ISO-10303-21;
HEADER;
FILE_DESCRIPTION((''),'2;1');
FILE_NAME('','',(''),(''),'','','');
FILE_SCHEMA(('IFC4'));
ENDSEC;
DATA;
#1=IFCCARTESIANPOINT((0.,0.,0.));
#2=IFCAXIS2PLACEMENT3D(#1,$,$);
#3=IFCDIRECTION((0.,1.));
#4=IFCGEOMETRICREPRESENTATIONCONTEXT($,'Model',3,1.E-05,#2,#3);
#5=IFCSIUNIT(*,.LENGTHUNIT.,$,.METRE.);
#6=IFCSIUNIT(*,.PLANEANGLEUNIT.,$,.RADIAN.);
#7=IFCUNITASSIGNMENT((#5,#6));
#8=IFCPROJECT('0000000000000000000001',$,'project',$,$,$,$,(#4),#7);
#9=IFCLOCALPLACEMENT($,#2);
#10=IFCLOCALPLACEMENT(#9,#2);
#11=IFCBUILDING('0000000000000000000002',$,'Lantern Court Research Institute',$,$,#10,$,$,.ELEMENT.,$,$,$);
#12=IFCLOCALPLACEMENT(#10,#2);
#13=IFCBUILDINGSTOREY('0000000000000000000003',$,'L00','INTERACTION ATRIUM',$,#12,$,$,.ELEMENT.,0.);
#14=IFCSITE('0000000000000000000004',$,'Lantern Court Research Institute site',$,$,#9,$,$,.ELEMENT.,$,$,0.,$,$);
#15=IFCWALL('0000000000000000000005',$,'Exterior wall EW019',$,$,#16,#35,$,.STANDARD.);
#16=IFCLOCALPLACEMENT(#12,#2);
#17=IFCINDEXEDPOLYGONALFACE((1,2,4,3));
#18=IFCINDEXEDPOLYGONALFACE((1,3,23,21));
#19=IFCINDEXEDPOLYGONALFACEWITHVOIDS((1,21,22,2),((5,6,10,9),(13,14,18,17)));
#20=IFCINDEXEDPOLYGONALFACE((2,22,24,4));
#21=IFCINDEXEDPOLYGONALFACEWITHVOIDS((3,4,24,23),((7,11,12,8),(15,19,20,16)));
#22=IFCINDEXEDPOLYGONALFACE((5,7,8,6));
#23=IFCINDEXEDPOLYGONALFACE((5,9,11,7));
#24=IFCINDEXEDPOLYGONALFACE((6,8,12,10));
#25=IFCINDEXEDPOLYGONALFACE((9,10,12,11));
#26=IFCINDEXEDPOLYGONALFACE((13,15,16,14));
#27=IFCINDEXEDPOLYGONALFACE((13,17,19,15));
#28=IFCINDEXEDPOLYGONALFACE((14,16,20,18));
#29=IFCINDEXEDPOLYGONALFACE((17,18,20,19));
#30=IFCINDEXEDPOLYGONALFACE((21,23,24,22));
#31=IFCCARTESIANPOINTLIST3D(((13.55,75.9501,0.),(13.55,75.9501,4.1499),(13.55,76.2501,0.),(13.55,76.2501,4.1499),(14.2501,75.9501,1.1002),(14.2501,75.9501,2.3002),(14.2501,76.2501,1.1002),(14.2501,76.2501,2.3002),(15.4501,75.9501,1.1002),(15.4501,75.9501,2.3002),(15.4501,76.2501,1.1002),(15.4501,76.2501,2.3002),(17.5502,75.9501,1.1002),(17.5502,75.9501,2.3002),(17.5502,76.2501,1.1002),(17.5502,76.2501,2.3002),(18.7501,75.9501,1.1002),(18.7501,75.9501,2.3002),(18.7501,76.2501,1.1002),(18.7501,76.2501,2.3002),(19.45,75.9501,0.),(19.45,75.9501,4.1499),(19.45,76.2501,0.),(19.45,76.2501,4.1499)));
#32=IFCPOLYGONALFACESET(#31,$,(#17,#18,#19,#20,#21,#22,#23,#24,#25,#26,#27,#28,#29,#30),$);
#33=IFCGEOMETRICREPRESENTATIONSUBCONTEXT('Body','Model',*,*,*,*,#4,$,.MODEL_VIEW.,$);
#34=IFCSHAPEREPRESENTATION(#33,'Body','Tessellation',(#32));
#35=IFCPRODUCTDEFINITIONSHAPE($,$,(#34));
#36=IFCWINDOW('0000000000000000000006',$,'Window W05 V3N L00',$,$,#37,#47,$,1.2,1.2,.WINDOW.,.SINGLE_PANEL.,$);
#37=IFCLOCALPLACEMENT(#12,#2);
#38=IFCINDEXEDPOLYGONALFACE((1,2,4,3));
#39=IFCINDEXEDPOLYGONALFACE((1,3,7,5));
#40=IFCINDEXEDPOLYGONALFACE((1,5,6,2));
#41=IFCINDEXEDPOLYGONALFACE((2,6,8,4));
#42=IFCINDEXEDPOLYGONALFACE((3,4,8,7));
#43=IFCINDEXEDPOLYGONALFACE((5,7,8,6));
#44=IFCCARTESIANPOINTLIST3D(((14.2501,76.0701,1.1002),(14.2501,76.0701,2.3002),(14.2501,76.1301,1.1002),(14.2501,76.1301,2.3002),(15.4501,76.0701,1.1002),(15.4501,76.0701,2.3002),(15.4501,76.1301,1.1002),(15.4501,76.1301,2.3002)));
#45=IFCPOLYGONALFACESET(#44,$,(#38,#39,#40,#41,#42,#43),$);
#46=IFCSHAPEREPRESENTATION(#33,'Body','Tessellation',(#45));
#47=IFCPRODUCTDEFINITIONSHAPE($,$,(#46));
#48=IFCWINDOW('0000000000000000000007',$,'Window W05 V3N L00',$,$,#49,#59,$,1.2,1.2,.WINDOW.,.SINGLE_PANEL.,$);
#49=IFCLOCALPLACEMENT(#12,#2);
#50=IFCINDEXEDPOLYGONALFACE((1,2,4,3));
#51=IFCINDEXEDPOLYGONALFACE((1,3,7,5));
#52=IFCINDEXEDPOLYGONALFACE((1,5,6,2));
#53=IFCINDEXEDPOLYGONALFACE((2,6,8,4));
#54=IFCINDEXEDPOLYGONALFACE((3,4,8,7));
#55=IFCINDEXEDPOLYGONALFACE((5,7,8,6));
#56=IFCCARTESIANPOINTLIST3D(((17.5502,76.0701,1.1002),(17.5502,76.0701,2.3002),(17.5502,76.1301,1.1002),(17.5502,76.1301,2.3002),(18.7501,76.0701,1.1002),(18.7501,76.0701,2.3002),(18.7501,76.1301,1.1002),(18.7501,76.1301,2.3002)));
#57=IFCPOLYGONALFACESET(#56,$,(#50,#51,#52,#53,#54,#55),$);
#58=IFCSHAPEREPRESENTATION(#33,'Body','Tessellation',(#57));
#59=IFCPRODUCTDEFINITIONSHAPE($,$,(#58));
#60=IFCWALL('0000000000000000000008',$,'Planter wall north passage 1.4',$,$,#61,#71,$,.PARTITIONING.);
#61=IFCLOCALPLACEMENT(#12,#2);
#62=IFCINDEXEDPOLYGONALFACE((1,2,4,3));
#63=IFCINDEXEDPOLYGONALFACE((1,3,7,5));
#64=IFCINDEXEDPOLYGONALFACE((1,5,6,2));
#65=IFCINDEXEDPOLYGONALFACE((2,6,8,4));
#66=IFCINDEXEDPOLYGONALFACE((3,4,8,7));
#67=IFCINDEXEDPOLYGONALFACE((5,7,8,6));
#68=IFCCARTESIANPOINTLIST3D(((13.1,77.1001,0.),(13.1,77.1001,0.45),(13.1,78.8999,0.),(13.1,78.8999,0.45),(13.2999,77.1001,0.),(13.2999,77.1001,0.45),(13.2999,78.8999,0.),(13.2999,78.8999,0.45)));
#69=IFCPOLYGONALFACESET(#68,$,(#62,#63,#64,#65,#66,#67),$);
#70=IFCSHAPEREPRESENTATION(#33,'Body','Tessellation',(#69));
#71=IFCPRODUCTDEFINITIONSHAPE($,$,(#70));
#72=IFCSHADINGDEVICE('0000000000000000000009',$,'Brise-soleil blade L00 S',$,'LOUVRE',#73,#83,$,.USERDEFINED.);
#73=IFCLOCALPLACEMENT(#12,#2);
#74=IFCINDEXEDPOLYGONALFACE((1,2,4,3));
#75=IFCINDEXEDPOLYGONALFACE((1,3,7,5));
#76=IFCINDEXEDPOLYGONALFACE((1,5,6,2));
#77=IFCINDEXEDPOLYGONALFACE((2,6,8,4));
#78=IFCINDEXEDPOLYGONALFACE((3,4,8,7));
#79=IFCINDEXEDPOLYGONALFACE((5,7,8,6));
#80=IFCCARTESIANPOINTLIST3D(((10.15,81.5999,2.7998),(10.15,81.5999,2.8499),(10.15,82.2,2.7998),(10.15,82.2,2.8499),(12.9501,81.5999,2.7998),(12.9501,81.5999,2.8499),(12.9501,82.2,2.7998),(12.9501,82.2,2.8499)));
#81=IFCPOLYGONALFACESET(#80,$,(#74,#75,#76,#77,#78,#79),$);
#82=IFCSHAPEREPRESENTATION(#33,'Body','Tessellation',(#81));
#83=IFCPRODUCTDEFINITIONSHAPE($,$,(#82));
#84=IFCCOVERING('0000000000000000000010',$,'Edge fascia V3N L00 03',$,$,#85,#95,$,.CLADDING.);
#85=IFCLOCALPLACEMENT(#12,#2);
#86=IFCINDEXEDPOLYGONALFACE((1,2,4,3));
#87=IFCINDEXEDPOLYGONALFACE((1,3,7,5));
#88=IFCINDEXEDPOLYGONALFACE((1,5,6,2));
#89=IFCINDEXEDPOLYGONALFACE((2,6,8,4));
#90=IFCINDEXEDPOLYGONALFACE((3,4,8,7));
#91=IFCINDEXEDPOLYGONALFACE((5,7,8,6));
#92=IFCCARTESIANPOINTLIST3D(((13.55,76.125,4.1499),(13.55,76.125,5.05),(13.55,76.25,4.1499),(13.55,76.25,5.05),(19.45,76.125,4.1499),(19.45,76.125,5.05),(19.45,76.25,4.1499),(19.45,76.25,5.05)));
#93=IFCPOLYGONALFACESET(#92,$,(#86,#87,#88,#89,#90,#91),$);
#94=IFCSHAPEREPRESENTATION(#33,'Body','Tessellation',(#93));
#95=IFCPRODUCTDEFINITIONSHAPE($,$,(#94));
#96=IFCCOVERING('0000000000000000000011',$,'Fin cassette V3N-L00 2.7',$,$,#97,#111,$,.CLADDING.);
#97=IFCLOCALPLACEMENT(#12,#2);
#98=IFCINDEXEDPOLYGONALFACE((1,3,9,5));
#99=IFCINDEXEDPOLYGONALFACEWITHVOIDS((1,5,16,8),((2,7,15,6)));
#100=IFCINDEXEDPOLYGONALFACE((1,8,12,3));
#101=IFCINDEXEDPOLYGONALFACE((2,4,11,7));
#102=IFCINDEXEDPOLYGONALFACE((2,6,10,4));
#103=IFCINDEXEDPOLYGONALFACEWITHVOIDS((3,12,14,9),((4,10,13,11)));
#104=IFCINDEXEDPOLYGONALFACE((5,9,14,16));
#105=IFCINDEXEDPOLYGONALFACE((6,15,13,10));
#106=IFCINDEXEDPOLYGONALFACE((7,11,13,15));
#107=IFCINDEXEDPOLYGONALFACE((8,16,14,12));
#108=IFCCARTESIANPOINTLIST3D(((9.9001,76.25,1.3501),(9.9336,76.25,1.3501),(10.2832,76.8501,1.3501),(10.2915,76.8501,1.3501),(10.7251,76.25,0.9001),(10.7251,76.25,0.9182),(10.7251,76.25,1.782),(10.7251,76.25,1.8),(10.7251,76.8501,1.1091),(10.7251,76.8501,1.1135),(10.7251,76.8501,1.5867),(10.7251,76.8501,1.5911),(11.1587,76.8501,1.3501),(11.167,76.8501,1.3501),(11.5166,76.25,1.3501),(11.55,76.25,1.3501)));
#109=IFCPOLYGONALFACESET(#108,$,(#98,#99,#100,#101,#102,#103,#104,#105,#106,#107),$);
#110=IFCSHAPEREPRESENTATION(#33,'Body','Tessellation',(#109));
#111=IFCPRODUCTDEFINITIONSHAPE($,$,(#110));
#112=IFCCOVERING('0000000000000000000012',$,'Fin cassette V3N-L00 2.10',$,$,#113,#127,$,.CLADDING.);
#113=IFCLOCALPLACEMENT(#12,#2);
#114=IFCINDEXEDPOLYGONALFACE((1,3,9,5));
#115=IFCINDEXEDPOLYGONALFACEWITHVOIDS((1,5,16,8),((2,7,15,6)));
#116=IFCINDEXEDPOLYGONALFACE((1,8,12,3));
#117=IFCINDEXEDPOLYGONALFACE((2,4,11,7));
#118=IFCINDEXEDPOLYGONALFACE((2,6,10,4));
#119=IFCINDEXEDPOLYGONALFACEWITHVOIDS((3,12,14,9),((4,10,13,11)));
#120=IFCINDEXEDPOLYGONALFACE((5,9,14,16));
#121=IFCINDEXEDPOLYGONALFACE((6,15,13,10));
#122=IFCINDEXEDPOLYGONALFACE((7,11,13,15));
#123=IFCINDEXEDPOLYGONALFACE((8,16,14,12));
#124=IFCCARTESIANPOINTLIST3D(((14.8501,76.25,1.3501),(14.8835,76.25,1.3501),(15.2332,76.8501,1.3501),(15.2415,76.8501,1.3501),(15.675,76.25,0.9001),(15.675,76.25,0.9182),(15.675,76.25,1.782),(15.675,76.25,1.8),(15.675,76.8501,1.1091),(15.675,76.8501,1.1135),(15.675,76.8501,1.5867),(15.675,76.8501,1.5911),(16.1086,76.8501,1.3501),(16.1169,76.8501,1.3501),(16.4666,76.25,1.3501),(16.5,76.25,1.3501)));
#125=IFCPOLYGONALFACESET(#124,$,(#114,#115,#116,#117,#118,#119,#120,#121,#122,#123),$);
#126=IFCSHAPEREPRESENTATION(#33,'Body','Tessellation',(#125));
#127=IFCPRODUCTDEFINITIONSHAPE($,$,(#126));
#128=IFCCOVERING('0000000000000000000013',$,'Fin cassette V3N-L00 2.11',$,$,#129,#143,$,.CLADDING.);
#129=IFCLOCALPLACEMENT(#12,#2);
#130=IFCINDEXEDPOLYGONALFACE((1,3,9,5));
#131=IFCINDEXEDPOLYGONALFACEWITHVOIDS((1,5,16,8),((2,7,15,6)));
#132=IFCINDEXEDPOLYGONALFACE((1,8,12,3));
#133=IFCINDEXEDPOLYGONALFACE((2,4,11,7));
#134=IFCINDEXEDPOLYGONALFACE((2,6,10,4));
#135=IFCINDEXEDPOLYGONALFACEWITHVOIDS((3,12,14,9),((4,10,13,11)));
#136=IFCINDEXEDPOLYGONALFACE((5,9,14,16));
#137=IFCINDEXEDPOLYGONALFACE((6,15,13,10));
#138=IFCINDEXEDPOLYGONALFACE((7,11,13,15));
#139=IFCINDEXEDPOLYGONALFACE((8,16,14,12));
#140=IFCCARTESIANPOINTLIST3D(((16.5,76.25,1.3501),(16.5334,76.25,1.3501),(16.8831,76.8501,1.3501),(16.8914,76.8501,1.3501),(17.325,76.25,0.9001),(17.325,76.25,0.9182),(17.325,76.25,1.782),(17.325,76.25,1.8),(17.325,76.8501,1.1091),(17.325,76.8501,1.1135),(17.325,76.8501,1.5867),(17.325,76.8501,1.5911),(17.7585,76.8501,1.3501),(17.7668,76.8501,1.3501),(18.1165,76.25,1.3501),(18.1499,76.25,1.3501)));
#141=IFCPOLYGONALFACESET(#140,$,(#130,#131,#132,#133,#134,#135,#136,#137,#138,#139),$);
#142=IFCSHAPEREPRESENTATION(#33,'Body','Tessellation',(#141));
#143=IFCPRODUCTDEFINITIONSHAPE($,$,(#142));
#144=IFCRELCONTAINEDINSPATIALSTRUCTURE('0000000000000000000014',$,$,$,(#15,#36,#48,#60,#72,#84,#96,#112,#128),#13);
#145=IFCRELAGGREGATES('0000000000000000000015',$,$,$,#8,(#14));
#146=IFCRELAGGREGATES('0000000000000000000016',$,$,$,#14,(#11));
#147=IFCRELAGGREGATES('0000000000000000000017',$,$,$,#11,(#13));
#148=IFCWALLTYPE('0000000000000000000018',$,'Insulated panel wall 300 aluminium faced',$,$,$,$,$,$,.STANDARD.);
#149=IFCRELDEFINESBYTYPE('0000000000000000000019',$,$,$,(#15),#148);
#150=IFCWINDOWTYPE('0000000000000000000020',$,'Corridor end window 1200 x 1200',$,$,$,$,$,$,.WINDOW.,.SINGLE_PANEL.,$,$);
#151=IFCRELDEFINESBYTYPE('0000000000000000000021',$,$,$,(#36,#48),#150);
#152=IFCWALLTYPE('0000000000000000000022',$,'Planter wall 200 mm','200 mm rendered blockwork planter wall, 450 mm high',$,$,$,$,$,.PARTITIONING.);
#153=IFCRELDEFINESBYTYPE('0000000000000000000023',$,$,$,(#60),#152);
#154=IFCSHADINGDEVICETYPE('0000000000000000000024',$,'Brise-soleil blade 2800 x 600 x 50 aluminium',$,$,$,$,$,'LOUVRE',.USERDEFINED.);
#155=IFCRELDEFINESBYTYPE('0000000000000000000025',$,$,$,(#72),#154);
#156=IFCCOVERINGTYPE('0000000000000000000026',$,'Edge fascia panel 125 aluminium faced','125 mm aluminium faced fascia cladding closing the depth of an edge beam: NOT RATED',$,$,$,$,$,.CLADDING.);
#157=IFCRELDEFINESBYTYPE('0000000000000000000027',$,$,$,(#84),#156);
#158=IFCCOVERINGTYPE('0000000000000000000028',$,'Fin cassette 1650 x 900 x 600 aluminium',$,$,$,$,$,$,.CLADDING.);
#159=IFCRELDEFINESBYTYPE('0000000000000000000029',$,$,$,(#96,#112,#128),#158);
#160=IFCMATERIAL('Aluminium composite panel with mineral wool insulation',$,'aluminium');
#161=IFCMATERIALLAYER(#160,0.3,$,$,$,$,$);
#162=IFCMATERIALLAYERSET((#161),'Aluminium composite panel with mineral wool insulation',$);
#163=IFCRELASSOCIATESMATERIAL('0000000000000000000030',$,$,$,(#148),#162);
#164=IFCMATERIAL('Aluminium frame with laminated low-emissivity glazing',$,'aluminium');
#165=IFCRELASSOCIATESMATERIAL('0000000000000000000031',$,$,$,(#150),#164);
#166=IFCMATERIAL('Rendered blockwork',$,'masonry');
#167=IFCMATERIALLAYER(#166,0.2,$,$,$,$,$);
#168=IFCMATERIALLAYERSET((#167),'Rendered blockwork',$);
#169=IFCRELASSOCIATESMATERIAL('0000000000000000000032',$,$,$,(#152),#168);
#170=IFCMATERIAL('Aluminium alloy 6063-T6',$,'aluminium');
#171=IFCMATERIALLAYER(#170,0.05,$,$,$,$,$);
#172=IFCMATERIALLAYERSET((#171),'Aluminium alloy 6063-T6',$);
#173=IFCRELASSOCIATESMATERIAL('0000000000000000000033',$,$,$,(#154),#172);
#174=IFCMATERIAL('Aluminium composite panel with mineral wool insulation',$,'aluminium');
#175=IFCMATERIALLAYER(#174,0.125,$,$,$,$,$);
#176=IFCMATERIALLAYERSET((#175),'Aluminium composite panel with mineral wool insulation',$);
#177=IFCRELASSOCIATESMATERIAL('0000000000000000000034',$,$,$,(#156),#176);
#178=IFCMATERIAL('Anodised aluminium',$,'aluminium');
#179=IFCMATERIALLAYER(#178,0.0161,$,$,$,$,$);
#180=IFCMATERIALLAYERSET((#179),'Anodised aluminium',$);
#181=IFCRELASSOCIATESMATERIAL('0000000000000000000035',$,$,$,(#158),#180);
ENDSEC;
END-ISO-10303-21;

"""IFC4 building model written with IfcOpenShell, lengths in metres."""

from ifc_helpers import new_model, entity, si_unit, direction, frame, frame_2d, origin, origin_2d, place, context, subcontext, project, spatial, rectangle, extrude, material, layer, layer_set, type_object, element, fill, save


model = new_model("IFC4")

# Units and contexts
model_context = context("Model", 3, precision=1e-05, world=origin(), true_north=direction((0.0, 1.0)))
body_context = subcontext(model_context, "Body", "Model", "MODEL_VIEW")
ifc_project = project(units=[si_unit("LENGTHUNIT", "METRE"), si_unit("PLANEANGLEUNIT", "RADIAN")], contexts=[model_context])

# Site, building, storey
site_placement = place(None, origin())
site = spatial("IfcSite", under=ifc_project, at=site_placement, Name="Lantern Court Research Institute site", CompositionType="ELEMENT", RefElevation=0.0)
building_placement = place(site_placement, origin())
building = spatial("IfcBuilding", under=site, at=building_placement, Name="Lantern Court Research Institute", CompositionType="ELEMENT")
storey_placement = place(building_placement, origin())
storey = spatial("IfcBuildingStorey", under=building, at=storey_placement, Name="L00", Description="INTERACTION ATRIUM", CompositionType="ELEMENT", Elevation=0.0)

# Wall, openings, windows
ifc_material_1 = material(Name="Aluminium composite panel with mineral wool insulation", Category="aluminium")
ifc_layer_1 = layer(ifc_material_1, 0.3)
ifc_layer_set_1 = layer_set([ifc_layer_1], Name="Aluminium composite panel with mineral wool insulation")
wall_type_1 = type_object("IfcWallType", Name="Insulated panel wall 300 aluminium faced", PredefinedType="STANDARD", material=ifc_layer_set_1)
wall_1_placement = place(storey_placement, frame((13.55, 76.1001, 0.0), z_axis=(0.0, 0.0, 1.0), x_axis=(1.0, 0.0, 0.0)))
wall_1 = element("IfcWall", 1, at=wall_1_placement, inside=storey, type_object=wall_type_1, Name="Exterior wall EW019", PredefinedType="STANDARD", context=body_context, shape_type="SweptSolid", body=[
    extrude(rectangle(XDim=5.8999, YDim=0.3, at=frame_2d((2.95, 0.0))), origin(), (0.0, 0.0, 1.0), 4.1499),
])
opening_1_placement = place(wall_1_placement, frame((0.7, 0.0, 1.1001)))
opening_1 = element("IfcOpeningElement", 2, at=opening_1_placement, cuts=wall_1, PredefinedType="OPENING", context=body_context, shape_type="SweptSolid", body=[
    extrude(rectangle(XDim=1.2, YDim=1.2, at=frame_2d((0.6001, 0.6001))), frame((0.0, 0.1599, 0.0), z_axis=(0.0, -1.0, 0.0), x_axis=(1.0, 0.0, 0.0)), (0.0, 0.0, 1.0), 0.3201),
])
opening_2_placement = place(wall_1_placement, frame((4.0, 0.0, 1.1001)))
opening_2 = element("IfcOpeningElement", 3, at=opening_2_placement, cuts=wall_1, PredefinedType="OPENING", context=body_context, shape_type="SweptSolid", body=[
    extrude(rectangle(XDim=1.2, YDim=1.2, at=frame_2d((0.6001, 0.6001))), frame((0.0, 0.1599, 0.0), z_axis=(0.0, -1.0, 0.0), x_axis=(1.0, 0.0, 0.0)), (0.0, 0.0, 1.0), 0.3201),
])
ifc_material_2 = material(Name="Aluminium frame with laminated low-emissivity glazing", Category="aluminium")
window_type = type_object("IfcWindowType", Name="Corridor end window 1200 x 1200", PartitioningType="SINGLE_PANEL", PredefinedType="WINDOW", material=ifc_material_2)
window_1_placement = place(opening_1_placement, origin())
window_1 = element("IfcWindow", 4, at=window_1_placement, inside=storey, type_object=window_type, Name="Window W05 V3N L00", OverallHeight=1.2, OverallWidth=1.2, PartitioningType="SINGLE_PANEL", PredefinedType="WINDOW", context=body_context, shape_type="SweptSolid", body=[
    extrude(rectangle(XDim=1.2, YDim=1.2, at=frame_2d((0.6001, 0.6001))), frame((0.0, 0.03, 0.0), z_axis=(0.0, -1.0, 0.0), x_axis=(1.0, 0.0, 0.0)), (0.0, 0.0, 1.0), 0.0601),
])
fill(opening_1, window_1)
window_2_placement = place(opening_2_placement, origin())
window_2 = element("IfcWindow", 5, at=window_2_placement, inside=storey, type_object=window_type, Name="Window W05 V3N L00", OverallHeight=1.2, OverallWidth=1.2, PartitioningType="SINGLE_PANEL", PredefinedType="WINDOW", context=body_context, shape_type="SweptSolid", body=[
    extrude(rectangle(XDim=1.2, YDim=1.2, at=frame_2d((0.6001, 0.6001))), frame((0.0, 0.03, 0.0), z_axis=(0.0, -1.0, 0.0), x_axis=(1.0, 0.0, 0.0)), (0.0, 0.0, 1.0), 0.0601),
])
fill(opening_2, window_2)

# Wall
ifc_material_3 = material(Name="Rendered blockwork", Category="masonry")
ifc_layer_2 = layer(ifc_material_3, 0.2)
ifc_layer_set_2 = layer_set([ifc_layer_2], Name="Rendered blockwork")
wall_type_2 = type_object("IfcWallType", Name="Planter wall 200 mm", Description="200 mm rendered blockwork planter wall, 450 mm high", PredefinedType="PARTITIONING", material=ifc_layer_set_2)
wall_2_placement = place(storey_placement, frame((13.2, 77.1001, 0.0), z_axis=(0.0, 0.0, 1.0), x_axis=(0.0, 1.0, 0.0)))
element("IfcWall", 6, at=wall_2_placement, inside=storey, type_object=wall_type_2, Name="Planter wall north passage 1.4", PredefinedType="PARTITIONING", context=body_context, shape_type="SweptSolid", body=[
    extrude(rectangle(XDim=1.7998, YDim=0.2, at=frame_2d((0.8999, 0.0))), origin(), (0.0, 0.0, 1.0), 0.45),
])

# Shading device
ifc_material_4 = material(Name="Aluminium alloy 6063-T6", Category="aluminium")
ifc_layer_3 = layer(ifc_material_4, 0.05)
ifc_layer_set_3 = layer_set([ifc_layer_3], Name="Aluminium alloy 6063-T6")
shading_device_type = type_object("IfcShadingDeviceType", Name="Brise-soleil blade 2800 x 600 x 50 aluminium", ElementType="LOUVRE", PredefinedType="USERDEFINED", material=ifc_layer_set_3)
shading_device_placement = place(storey_placement, frame((11.55, 81.8999, 2.7998), z_axis=(0.0, 0.0, 1.0), x_axis=(-1.0, 0.0, 0.0)))
element("IfcShadingDevice", 7, at=shading_device_placement, inside=storey, type_object=shading_device_type, Name="Brise-soleil blade L00 S", ObjectType="LOUVRE", PredefinedType="USERDEFINED", context=body_context, shape_type="SweptSolid", body=[
    extrude(rectangle(XDim=2.8, YDim=0.6001, at=origin_2d()), origin(), (0.0, 0.0, 1.0), 0.05),
])

# Coverings
ifc_material_5 = material(Name="Aluminium composite panel with mineral wool insulation", Category="aluminium")
ifc_layer_4 = layer(ifc_material_5, 0.125)
ifc_layer_set_4 = layer_set([ifc_layer_4], Name="Aluminium composite panel with mineral wool insulation")
covering_type_1 = type_object("IfcCoveringType", Name="Edge fascia panel 125 aluminium faced", Description="125 mm aluminium faced fascia cladding closing the depth of an edge beam: NOT RATED", PredefinedType="CLADDING", material=ifc_layer_set_4)
covering_1_placement = place(storey_placement, frame((13.55, 76.1875, 4.1499), z_axis=(0.0, 0.0, 1.0), x_axis=(1.0, 0.0, 0.0)))
element("IfcCovering", 8, at=covering_1_placement, inside=storey, type_object=covering_type_1, Name="Edge fascia V3N L00 03", PredefinedType="CLADDING", context=body_context, shape_type="SweptSolid", body=[
    extrude(rectangle(XDim=5.8999, YDim=0.125, at=frame_2d((2.95, 0.0))), origin(), (0.0, 0.0, 1.0), 0.9001),
])
ifc_material_6 = material(Name="Anodised aluminium", Category="aluminium")
ifc_layer_5 = layer(ifc_material_6, 0.0161)
ifc_layer_set_5 = layer_set([ifc_layer_5], Name="Anodised aluminium")
covering_type_2 = type_object("IfcCoveringType", Name="Fin cassette 1650 x 900 x 600 aluminium", PredefinedType="CLADDING", material=ifc_layer_set_5)
covering_2_placement = place(storey_placement, frame((10.7251, 76.25, 1.3501), z_axis=(0.0, 1.0, 0.0), x_axis=(-1.0, 0.0, 0.0)))
cartesian_point_1 = entity("IfcCartesianPoint", [0.825, 0.0])
cartesian_point_2 = entity("IfcCartesianPoint", [0.7915, 0.0])
cartesian_point_3 = entity("IfcCartesianPoint", [0.4419, 0.0])
cartesian_point_4 = entity("IfcCartesianPoint", [0.4336, 0.0])
element("IfcCovering", 9, at=covering_2_placement, inside=storey, type_object=covering_type_2, Name="Fin cassette V3N-L00 2.7", PredefinedType="CLADDING", context=body_context, shape_type="SweptSolid", body=[
    entity("IfcExtrudedAreaSolidTapered", entity("IfcArbitraryProfileDefWithVoids", "AREA", None, entity("IfcPolyline", [cartesian_point_1, entity("IfcCartesianPoint", [0.0, 0.45]), entity("IfcCartesianPoint", [-0.825, 0.0]), entity("IfcCartesianPoint", [0.0, -0.45]), cartesian_point_1]), [entity("IfcPolyline", [cartesian_point_2, entity("IfcCartesianPoint", [0.0, 0.4319]), entity("IfcCartesianPoint", [-0.7915, 0.0]), entity("IfcCartesianPoint", [0.0, -0.4319]), cartesian_point_2])]), entity("IfcAxis2Placement3D", entity("IfcCartesianPoint", [0.0, 0.0, 0.0])), entity("IfcDirection", [0.0, 0.0, 1.0]), 0.6001, entity("IfcArbitraryProfileDefWithVoids", "AREA", None, entity("IfcPolyline", [cartesian_point_3, entity("IfcCartesianPoint", [0.0, 0.241]), entity("IfcCartesianPoint", [-0.4419, 0.0]), entity("IfcCartesianPoint", [0.0, -0.241]), cartesian_point_3]), [entity("IfcPolyline", [cartesian_point_4, entity("IfcCartesianPoint", [0.0, 0.2366]), entity("IfcCartesianPoint", [-0.4336, 0.0]), entity("IfcCartesianPoint", [0.0, -0.2366]), cartesian_point_4])])),
])
covering_3_placement = place(storey_placement, frame((15.675, 76.25, 1.3501), z_axis=(0.0, 1.0, 0.0), x_axis=(-1.0, 0.0, 0.0)))
cartesian_point_5 = entity("IfcCartesianPoint", [0.825, 0.0])
cartesian_point_6 = entity("IfcCartesianPoint", [0.7915, 0.0])
cartesian_point_7 = entity("IfcCartesianPoint", [0.4419, 0.0])
cartesian_point_8 = entity("IfcCartesianPoint", [0.4336, 0.0])
element("IfcCovering", 10, at=covering_3_placement, inside=storey, type_object=covering_type_2, Name="Fin cassette V3N-L00 2.10", PredefinedType="CLADDING", context=body_context, shape_type="SweptSolid", body=[
    entity("IfcExtrudedAreaSolidTapered", entity("IfcArbitraryProfileDefWithVoids", "AREA", None, entity("IfcPolyline", [cartesian_point_5, entity("IfcCartesianPoint", [0.0, 0.45]), entity("IfcCartesianPoint", [-0.825, 0.0]), entity("IfcCartesianPoint", [0.0, -0.45]), cartesian_point_5]), [entity("IfcPolyline", [cartesian_point_6, entity("IfcCartesianPoint", [0.0, 0.4319]), entity("IfcCartesianPoint", [-0.7915, 0.0]), entity("IfcCartesianPoint", [0.0, -0.4319]), cartesian_point_6])]), entity("IfcAxis2Placement3D", entity("IfcCartesianPoint", [0.0, 0.0, 0.0])), entity("IfcDirection", [0.0, 0.0, 1.0]), 0.6001, entity("IfcArbitraryProfileDefWithVoids", "AREA", None, entity("IfcPolyline", [cartesian_point_7, entity("IfcCartesianPoint", [0.0, 0.241]), entity("IfcCartesianPoint", [-0.4419, 0.0]), entity("IfcCartesianPoint", [0.0, -0.241]), cartesian_point_7]), [entity("IfcPolyline", [cartesian_point_8, entity("IfcCartesianPoint", [0.0, 0.2366]), entity("IfcCartesianPoint", [-0.4336, 0.0]), entity("IfcCartesianPoint", [0.0, -0.2366]), cartesian_point_8])])),
])
covering_4_placement = place(storey_placement, frame((17.325, 76.25, 1.3501), z_axis=(0.0, 1.0, 0.0), x_axis=(-1.0, 0.0, 0.0)))
cartesian_point_9 = entity("IfcCartesianPoint", [0.825, 0.0])
cartesian_point_10 = entity("IfcCartesianPoint", [0.7915, 0.0])
cartesian_point_11 = entity("IfcCartesianPoint", [0.4419, 0.0])
cartesian_point_12 = entity("IfcCartesianPoint", [0.4336, 0.0])
element("IfcCovering", 11, at=covering_4_placement, inside=storey, type_object=covering_type_2, Name="Fin cassette V3N-L00 2.11", PredefinedType="CLADDING", context=body_context, shape_type="SweptSolid", body=[
    entity("IfcExtrudedAreaSolidTapered", entity("IfcArbitraryProfileDefWithVoids", "AREA", None, entity("IfcPolyline", [cartesian_point_9, entity("IfcCartesianPoint", [0.0, 0.45]), entity("IfcCartesianPoint", [-0.825, 0.0]), entity("IfcCartesianPoint", [0.0, -0.45]), cartesian_point_9]), [entity("IfcPolyline", [cartesian_point_10, entity("IfcCartesianPoint", [0.0, 0.4319]), entity("IfcCartesianPoint", [-0.7915, 0.0]), entity("IfcCartesianPoint", [0.0, -0.4319]), cartesian_point_10])]), entity("IfcAxis2Placement3D", entity("IfcCartesianPoint", [0.0, 0.0, 0.0])), entity("IfcDirection", [0.0, 0.0, 1.0]), 0.6001, entity("IfcArbitraryProfileDefWithVoids", "AREA", None, entity("IfcPolyline", [cartesian_point_11, entity("IfcCartesianPoint", [0.0, 0.241]), entity("IfcCartesianPoint", [-0.4419, 0.0]), entity("IfcCartesianPoint", [0.0, -0.241]), cartesian_point_11]), [entity("IfcPolyline", [cartesian_point_12, entity("IfcCartesianPoint", [0.0, 0.2366]), entity("IfcCartesianPoint", [-0.4336, 0.0]), entity("IfcCartesianPoint", [0.0, -0.2366]), cartesian_point_12])])),
])

save(model, "model.ifc")
